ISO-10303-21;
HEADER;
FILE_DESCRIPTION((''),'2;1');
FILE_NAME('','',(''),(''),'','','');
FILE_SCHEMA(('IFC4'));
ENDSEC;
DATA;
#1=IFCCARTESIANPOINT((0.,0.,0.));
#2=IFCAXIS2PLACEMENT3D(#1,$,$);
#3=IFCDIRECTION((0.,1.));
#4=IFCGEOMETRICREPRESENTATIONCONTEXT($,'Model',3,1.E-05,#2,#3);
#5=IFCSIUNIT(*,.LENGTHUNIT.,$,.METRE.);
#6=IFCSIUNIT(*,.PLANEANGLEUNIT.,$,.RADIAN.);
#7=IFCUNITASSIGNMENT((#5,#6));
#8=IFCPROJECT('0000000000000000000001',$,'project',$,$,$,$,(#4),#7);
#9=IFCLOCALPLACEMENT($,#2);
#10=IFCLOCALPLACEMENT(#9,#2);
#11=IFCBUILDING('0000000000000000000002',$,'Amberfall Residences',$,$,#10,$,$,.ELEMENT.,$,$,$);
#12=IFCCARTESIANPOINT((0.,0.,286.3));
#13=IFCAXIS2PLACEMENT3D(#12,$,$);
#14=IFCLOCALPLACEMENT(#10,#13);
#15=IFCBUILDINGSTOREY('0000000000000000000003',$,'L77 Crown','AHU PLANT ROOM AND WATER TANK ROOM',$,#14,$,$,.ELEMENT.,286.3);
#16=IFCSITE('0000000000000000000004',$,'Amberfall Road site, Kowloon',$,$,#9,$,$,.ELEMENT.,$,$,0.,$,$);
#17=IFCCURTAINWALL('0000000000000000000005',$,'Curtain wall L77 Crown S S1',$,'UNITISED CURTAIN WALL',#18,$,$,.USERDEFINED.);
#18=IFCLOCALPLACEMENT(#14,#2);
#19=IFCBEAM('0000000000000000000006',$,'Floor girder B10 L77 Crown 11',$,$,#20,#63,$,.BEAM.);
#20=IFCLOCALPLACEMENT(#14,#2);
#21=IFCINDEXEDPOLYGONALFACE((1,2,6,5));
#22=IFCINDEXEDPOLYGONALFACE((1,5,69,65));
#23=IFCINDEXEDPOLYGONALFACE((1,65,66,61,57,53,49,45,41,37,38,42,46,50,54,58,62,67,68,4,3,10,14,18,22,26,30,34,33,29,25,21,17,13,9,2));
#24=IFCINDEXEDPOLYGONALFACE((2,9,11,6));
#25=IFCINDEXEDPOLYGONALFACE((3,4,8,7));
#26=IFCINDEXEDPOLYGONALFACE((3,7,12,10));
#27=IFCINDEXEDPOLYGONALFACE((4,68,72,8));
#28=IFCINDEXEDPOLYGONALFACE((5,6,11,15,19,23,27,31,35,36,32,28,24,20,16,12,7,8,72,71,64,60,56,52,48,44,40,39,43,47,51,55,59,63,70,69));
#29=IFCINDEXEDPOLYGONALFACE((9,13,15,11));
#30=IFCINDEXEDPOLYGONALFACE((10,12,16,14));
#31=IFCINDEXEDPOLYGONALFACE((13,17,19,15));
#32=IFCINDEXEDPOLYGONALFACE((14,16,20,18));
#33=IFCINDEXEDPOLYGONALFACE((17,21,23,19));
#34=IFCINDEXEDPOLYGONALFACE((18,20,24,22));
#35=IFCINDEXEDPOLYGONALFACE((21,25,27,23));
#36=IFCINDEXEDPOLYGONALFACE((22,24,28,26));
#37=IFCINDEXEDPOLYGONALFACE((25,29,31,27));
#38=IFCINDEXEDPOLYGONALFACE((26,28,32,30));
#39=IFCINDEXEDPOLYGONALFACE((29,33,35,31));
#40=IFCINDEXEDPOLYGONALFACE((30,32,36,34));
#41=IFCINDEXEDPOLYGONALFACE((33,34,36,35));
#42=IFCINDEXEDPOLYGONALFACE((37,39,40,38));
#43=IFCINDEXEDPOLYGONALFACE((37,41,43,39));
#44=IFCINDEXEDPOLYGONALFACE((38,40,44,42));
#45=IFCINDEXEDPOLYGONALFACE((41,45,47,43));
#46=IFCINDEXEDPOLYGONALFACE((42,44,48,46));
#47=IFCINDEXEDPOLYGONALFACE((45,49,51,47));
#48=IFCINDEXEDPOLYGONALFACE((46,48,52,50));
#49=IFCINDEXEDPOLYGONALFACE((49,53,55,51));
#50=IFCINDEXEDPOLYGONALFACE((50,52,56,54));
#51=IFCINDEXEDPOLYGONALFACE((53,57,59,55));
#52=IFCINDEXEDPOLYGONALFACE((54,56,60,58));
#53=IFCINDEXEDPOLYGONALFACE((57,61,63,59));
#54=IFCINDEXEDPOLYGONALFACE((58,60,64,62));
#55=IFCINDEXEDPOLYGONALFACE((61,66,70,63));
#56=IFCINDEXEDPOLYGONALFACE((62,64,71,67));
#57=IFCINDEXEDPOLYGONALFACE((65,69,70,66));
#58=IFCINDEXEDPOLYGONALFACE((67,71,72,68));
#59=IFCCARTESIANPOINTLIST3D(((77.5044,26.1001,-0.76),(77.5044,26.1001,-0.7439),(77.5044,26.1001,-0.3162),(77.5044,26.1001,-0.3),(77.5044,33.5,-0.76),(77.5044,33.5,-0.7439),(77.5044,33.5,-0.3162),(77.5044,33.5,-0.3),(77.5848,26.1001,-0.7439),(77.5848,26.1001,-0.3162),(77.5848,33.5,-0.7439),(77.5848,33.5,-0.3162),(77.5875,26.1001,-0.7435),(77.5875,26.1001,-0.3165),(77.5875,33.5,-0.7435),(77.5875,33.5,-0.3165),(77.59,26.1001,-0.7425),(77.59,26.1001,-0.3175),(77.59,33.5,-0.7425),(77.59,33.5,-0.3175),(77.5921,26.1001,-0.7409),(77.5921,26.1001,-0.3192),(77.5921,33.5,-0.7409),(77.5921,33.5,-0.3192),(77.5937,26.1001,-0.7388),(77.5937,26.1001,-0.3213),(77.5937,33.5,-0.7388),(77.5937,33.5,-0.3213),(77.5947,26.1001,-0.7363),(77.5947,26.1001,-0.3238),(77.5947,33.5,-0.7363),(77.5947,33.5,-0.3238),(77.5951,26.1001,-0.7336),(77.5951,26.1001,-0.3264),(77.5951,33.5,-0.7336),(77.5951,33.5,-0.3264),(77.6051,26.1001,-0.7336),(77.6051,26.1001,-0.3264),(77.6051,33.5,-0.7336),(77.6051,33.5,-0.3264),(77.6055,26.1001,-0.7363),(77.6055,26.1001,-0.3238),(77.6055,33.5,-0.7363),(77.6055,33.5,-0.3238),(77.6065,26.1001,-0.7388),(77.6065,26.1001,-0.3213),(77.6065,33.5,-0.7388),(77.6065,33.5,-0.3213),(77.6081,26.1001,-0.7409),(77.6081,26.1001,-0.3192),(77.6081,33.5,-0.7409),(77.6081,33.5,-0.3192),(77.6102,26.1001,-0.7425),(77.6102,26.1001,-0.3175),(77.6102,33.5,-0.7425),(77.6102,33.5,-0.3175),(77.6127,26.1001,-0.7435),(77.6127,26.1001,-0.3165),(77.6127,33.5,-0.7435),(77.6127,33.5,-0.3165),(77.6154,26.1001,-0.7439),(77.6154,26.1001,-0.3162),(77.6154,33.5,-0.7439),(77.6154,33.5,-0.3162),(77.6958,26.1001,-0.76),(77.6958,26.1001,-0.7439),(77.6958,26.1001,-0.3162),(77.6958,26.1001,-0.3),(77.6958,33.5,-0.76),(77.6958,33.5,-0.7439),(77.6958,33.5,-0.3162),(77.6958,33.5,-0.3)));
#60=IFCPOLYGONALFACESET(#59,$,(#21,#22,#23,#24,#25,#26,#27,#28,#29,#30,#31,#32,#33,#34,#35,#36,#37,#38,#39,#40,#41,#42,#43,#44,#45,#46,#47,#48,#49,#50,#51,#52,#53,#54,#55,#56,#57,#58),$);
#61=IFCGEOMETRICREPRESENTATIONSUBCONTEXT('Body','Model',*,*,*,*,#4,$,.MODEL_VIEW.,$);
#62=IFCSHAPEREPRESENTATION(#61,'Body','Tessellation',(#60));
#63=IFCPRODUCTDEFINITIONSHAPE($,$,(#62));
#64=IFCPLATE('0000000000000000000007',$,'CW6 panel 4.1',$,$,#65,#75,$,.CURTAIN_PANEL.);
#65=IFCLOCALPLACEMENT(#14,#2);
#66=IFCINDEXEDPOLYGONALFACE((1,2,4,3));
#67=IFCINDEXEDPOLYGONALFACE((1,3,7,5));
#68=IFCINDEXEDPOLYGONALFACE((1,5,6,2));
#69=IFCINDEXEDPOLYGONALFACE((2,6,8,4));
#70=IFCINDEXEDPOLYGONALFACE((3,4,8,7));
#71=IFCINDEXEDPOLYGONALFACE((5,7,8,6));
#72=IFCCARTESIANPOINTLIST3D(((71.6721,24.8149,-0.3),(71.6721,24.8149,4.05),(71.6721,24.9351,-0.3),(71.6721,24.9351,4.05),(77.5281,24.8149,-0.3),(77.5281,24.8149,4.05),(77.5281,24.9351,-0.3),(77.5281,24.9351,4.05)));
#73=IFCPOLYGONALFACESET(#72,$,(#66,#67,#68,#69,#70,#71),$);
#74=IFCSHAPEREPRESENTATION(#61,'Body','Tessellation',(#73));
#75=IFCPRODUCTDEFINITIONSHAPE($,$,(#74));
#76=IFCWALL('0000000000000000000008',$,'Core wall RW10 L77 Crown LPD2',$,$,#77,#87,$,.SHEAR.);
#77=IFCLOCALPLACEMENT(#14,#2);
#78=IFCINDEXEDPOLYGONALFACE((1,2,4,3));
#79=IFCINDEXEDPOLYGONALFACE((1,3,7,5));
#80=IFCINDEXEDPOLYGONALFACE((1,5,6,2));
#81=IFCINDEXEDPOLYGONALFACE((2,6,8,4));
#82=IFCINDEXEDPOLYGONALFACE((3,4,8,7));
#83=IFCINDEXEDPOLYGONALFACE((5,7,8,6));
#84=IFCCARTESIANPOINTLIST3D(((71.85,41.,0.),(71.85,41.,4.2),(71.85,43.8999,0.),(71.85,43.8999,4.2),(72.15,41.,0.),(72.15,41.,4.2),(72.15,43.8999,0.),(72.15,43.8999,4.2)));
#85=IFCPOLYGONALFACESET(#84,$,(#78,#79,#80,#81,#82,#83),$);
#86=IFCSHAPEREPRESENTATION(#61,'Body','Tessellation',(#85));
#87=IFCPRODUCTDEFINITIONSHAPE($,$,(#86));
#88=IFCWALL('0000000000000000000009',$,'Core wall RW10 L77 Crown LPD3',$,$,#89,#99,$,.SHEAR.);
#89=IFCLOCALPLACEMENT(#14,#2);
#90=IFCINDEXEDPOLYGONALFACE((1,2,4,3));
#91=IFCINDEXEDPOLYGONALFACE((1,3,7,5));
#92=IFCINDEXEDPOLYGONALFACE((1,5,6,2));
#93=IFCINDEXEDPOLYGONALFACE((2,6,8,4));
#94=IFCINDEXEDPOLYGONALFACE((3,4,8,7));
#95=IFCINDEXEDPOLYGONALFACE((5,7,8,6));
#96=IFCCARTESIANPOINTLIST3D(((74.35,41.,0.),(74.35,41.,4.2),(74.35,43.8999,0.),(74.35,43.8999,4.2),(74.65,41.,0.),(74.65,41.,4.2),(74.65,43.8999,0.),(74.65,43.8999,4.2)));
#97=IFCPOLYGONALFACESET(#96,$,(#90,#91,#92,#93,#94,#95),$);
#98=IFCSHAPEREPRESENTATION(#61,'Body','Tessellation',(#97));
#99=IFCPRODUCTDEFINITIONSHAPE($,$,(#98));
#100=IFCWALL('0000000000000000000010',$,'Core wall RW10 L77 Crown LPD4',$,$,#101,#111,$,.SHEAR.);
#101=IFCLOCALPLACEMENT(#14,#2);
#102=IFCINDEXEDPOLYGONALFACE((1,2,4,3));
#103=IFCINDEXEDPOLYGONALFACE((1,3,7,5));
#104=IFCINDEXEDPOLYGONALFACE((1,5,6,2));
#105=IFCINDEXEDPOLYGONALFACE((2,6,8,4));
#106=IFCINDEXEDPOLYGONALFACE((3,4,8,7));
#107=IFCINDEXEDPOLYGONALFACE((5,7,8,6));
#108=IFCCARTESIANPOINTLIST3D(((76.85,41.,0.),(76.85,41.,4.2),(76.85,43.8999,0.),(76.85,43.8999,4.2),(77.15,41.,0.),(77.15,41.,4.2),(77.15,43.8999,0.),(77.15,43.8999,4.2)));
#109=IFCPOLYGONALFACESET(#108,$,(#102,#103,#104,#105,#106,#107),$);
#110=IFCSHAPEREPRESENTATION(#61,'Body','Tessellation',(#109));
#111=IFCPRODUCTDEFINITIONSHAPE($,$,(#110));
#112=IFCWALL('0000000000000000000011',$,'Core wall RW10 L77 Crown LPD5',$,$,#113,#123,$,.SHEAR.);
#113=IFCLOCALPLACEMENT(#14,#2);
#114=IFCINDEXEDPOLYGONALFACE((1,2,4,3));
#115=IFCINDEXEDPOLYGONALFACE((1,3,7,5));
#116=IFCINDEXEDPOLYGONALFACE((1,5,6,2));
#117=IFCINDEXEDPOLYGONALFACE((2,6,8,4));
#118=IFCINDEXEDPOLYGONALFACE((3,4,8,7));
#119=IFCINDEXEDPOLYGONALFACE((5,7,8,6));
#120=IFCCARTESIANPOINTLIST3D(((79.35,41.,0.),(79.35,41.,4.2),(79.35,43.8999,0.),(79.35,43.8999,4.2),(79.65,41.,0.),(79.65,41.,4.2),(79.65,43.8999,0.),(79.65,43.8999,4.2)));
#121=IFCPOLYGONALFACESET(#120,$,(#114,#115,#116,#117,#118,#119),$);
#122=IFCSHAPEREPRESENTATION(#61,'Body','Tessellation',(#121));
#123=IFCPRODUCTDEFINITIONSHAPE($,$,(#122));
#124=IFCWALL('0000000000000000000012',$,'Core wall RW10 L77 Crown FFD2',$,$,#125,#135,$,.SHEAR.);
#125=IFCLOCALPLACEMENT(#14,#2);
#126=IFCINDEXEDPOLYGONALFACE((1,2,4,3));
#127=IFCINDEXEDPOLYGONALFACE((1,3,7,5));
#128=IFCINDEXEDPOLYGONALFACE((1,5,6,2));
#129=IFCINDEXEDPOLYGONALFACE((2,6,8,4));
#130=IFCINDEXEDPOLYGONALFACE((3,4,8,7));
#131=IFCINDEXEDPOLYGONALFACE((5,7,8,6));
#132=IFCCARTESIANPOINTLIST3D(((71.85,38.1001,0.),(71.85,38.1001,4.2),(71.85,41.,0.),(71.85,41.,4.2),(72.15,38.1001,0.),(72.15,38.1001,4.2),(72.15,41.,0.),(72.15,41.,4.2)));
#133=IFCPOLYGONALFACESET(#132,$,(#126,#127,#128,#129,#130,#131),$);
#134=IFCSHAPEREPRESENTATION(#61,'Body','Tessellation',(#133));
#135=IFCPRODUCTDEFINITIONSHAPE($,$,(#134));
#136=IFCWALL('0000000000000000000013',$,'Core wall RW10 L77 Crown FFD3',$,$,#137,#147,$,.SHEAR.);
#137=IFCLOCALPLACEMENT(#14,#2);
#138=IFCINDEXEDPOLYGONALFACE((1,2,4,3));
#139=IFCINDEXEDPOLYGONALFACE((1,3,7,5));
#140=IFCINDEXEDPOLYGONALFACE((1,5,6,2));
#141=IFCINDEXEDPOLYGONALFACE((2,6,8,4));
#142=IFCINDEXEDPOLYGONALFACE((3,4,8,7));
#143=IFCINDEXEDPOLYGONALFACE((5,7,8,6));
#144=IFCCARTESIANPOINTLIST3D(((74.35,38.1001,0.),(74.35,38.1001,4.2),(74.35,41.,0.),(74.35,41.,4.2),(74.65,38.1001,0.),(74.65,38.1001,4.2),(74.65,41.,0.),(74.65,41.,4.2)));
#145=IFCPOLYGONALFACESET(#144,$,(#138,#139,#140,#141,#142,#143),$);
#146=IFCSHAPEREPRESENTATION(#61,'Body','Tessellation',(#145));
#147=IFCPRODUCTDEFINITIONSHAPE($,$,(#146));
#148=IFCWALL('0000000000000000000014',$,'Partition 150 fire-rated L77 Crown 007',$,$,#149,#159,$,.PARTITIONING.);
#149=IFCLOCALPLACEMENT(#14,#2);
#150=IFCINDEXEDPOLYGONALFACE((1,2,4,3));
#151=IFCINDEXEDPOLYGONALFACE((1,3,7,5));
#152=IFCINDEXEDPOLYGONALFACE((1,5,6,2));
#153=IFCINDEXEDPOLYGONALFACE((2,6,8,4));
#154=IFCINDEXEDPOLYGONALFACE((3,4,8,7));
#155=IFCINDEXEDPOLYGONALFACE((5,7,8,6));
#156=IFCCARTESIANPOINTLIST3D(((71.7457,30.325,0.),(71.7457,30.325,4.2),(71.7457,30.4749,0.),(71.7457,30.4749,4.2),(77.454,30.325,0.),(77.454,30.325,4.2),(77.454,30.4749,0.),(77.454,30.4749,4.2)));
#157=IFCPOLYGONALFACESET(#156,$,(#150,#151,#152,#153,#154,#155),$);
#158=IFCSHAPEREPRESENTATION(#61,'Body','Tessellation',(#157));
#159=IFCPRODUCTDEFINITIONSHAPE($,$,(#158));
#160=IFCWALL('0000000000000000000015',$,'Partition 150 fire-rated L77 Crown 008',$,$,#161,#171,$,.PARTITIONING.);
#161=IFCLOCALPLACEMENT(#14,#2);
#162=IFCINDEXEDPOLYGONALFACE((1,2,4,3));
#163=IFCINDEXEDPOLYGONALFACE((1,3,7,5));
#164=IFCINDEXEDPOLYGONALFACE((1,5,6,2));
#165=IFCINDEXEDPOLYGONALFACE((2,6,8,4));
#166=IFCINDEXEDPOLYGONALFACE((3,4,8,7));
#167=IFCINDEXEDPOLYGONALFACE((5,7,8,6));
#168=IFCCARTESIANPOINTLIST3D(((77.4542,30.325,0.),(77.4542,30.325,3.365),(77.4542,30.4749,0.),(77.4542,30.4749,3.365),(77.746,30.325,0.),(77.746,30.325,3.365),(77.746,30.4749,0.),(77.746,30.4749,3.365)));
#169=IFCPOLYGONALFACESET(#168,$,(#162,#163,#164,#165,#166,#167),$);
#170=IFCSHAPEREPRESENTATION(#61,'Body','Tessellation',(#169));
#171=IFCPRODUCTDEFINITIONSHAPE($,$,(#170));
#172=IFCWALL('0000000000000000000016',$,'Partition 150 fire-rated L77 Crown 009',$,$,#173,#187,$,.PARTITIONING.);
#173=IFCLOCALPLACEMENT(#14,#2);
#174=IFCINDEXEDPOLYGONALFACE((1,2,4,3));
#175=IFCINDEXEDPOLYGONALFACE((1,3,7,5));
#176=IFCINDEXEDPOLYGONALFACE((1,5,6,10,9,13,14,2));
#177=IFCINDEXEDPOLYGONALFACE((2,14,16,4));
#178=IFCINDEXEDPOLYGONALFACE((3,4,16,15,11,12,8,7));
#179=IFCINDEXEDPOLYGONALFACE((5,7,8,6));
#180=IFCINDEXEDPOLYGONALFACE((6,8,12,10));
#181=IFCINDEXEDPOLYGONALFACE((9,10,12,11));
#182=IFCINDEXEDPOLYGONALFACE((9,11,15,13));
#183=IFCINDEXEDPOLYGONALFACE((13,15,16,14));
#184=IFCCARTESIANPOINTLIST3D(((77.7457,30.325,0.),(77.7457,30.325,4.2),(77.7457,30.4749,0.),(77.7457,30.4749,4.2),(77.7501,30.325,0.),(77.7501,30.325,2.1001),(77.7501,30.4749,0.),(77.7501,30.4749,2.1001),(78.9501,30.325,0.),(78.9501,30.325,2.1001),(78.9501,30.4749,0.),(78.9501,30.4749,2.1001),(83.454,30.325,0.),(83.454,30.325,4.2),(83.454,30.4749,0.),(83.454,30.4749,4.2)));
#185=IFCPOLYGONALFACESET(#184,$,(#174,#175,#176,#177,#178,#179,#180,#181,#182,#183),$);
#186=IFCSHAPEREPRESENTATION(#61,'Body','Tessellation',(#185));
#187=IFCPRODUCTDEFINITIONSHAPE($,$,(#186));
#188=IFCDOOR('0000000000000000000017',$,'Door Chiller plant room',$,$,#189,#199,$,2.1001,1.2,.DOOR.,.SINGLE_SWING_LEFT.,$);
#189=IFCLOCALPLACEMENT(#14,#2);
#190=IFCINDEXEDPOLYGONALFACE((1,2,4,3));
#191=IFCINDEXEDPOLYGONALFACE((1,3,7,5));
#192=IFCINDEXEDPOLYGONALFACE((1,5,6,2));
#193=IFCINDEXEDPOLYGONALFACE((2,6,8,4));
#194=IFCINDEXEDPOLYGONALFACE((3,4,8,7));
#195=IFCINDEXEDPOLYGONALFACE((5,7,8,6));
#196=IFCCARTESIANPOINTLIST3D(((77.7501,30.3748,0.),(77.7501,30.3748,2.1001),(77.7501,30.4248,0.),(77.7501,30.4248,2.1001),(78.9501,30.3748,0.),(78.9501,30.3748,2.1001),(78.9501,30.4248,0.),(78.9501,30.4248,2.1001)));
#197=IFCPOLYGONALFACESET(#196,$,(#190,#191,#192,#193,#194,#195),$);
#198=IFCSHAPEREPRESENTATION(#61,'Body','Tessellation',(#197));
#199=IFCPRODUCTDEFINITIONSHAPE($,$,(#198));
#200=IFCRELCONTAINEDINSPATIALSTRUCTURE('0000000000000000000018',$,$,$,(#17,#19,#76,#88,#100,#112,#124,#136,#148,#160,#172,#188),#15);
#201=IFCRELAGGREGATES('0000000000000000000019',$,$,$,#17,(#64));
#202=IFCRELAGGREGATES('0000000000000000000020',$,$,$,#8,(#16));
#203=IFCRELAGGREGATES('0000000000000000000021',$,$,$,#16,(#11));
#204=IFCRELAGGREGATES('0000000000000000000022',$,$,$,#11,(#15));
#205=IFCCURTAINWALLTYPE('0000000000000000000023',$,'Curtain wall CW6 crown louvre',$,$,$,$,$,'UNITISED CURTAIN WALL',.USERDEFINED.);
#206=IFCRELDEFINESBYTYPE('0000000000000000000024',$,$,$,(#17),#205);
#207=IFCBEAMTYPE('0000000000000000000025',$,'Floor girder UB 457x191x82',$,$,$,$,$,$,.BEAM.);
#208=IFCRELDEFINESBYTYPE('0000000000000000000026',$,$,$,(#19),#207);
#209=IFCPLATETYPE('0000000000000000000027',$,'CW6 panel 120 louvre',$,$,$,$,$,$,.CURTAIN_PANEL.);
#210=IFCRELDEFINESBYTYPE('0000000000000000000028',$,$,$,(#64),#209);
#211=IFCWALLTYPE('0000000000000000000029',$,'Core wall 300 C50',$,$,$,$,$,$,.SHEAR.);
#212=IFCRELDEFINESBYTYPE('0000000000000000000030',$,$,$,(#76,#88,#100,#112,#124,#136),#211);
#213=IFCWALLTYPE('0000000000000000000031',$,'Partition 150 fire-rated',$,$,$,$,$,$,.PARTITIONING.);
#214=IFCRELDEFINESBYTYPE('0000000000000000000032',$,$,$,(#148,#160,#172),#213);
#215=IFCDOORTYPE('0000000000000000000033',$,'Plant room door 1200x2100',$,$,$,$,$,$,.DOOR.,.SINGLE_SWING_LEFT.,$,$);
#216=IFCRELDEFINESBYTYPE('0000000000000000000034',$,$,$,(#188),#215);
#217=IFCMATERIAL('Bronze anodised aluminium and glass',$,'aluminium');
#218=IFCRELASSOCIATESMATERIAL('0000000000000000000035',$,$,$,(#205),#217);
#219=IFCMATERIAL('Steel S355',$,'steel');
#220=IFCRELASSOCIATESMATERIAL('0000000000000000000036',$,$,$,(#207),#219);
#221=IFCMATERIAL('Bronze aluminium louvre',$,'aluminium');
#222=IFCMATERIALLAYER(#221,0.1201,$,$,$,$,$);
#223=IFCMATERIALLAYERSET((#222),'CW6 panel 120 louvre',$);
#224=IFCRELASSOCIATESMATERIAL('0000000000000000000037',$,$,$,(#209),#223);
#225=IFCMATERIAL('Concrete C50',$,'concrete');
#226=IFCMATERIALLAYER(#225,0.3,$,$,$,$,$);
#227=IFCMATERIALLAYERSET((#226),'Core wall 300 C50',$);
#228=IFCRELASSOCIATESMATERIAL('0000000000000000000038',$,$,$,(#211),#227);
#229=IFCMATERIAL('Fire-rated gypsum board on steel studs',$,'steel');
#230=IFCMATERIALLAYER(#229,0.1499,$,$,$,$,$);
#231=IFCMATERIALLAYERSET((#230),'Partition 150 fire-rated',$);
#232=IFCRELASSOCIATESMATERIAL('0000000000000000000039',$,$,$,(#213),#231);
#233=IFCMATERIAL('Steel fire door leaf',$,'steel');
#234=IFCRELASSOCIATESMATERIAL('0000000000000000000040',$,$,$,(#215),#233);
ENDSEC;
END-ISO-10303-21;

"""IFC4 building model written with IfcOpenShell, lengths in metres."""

from ifc_helpers import new_model, si_unit, direction, frame, frame_2d, origin, origin_2d, place, context, subcontext, project, spatial, rectangle, i_section, extrude, material, layer, layer_set, material_profile, profile_set, type_object, element, fill, aggregate, save


model = new_model("IFC4")

# Units and contexts
model_context = context("Model", 3, precision=1e-05, world=origin(), true_north=direction((0.0, 1.0)))
body_context = subcontext(model_context, "Body", "Model", "MODEL_VIEW")
ifc_project = project(units=[si_unit("LENGTHUNIT", "METRE"), si_unit("PLANEANGLEUNIT", "RADIAN")], contexts=[model_context])

# Site, building, storey
site_placement = place(None, origin())
site = spatial("IfcSite", under=ifc_project, at=site_placement, Name="Amberfall Road site, Kowloon", CompositionType="ELEMENT", RefElevation=0.0)
building_placement = place(site_placement, origin())
building = spatial("IfcBuilding", under=site, at=building_placement, Name="Amberfall Residences", CompositionType="ELEMENT")
storey_placement = place(building_placement, frame((0.0, 0.0, 286.3)))
storey = spatial("IfcBuildingStorey", under=building, at=storey_placement, Name="L77 Crown", Description="AHU PLANT ROOM AND WATER TANK ROOM", CompositionType="ELEMENT", Elevation=286.3)

# Shared definitions
ifc_material_1 = material(Name="Concrete C50", Category="concrete")

# Curtain wall
ifc_material_2 = material(Name="Bronze anodised aluminium and glass", Category="aluminium")
curtain_wall_type = type_object("IfcCurtainWallType", Name="Curtain wall CW6 crown louvre", ElementType="UNITISED CURTAIN WALL", PredefinedType="USERDEFINED", material=ifc_material_2)
curtain_wall_placement = place(storey_placement, origin())
curtain_wall = element("IfcCurtainWall", 1, at=curtain_wall_placement, inside=storey, type_object=curtain_wall_type, Name="Curtain wall L77 Crown S S1", ObjectType="UNITISED CURTAIN WALL", PredefinedType="USERDEFINED")

# Beam
ifc_material_3 = material(Name="Steel S355", Category="steel")
ifc_material_profile_1 = material_profile(ifc_material_3, i_section(OverallWidth=0.1914, OverallDepth=0.46, WebThickness=0.01, FlangeThickness=0.0161, FilletRadius=0.0103, at=origin_2d()), Name="UB 457x191x82")
ifc_profile_set_1 = profile_set([ifc_material_profile_1], Name="Steel S355")
beam_type_1 = type_object("IfcBeamType", Name="Floor girder UB 457x191x82", PredefinedType="BEAM", material=ifc_profile_set_1)
beam_1_placement = place(storey_placement, frame((77.6001, 26.1001, -0.53), z_axis=(0.0, 1.0, 0.0), x_axis=(-1.0, 0.0, 0.0)))
element("IfcBeam", 2, at=beam_1_placement, inside=storey, type_object=beam_type_1, Name="Floor girder B10 L77 Crown 11", PredefinedType="BEAM", context=body_context, shape_type="SweptSolid", body=[
    extrude(i_section(OverallWidth=0.1914, OverallDepth=0.46, WebThickness=0.01, FlangeThickness=0.0161, FilletRadius=0.0103, at=origin_2d()), origin(), (0.0, 0.0, 1.0), 7.3999),
])

# Plate
ifc_material_4 = material(Name="Bronze aluminium louvre", Category="aluminium")
ifc_layer_1 = layer(ifc_material_4, 0.1201)
ifc_layer_set_1 = layer_set([ifc_layer_1], Name="CW6 panel 120 louvre")
plate_type = type_object("IfcPlateType", Name="CW6 panel 120 louvre", PredefinedType="CURTAIN_PANEL", material=ifc_layer_set_1)
plate_placement = place(storey_placement, frame((74.6001, 24.875, -0.3), z_axis=(0.0, 0.0, 1.0), x_axis=(1.0, 0.0, 0.0)))
plate = element("IfcPlate", 3, at=plate_placement, type_object=plate_type, Name="CW6 panel 4.1", PredefinedType="CURTAIN_PANEL", context=body_context, shape_type="SweptSolid", body=[
    extrude(rectangle(XDim=5.856, YDim=0.1201, at=origin_2d()), origin(), (0.0, 0.0, 1.0), 4.3501),
])
aggregate(curtain_wall, [plate])

# Walls
ifc_layer_2 = layer(ifc_material_1, 0.3)
ifc_layer_set_2 = layer_set([ifc_layer_2], Name="Core wall 300 C50")
wall_type_1 = type_object("IfcWallType", Name="Core wall 300 C50", PredefinedType="SHEAR", material=ifc_layer_set_2)
for number, where, z_axis, x_axis, name in (
    (4, (72.0, 41.0, 0.0), (0.0, 0.0, 1.0), (0.0, 1.0, 0.0), "Core wall RW10 L77 Crown LPD2"),
    (5, (74.5, 41.0, 0.0), (0.0, 0.0, 1.0), (0.0, 1.0, 0.0), "Core wall RW10 L77 Crown LPD3"),
    (6, (77.0, 41.0, 0.0), (0.0, 0.0, 1.0), (0.0, 1.0, 0.0), "Core wall RW10 L77 Crown LPD4"),
    (7, (79.5, 41.0, 0.0), (0.0, 0.0, 1.0), (0.0, 1.0, 0.0), "Core wall RW10 L77 Crown LPD5"),
    (8, (72.0, 38.1001, 0.0), (0.0, 0.0, 1.0), (0.0, 1.0, 0.0), "Core wall RW10 L77 Crown FFD2"),
    (9, (74.5, 38.1001, 0.0), (0.0, 0.0, 1.0), (0.0, 1.0, 0.0), "Core wall RW10 L77 Crown FFD3"),
):
    element("IfcWall", number, at=place(storey_placement, frame(where, z_axis=z_axis, x_axis=x_axis)), inside=storey, type_object=wall_type_1, Name=name, PredefinedType="SHEAR", context=body_context, shape_type="SweptSolid", body=[
        extrude(rectangle(XDim=2.8999, YDim=0.3, at=frame_2d((1.45, 0.0))), origin(), (0.0, 0.0, 1.0), 4.2),
    ])
ifc_material_5 = material(Name="Fire-rated gypsum board on steel studs", Category="steel")
ifc_layer_3 = layer(ifc_material_5, 0.1499)
ifc_layer_set_3 = layer_set([ifc_layer_3], Name="Partition 150 fire-rated")
wall_type_2 = type_object("IfcWallType", Name="Partition 150 fire-rated", PredefinedType="PARTITIONING", material=ifc_layer_set_3)
wall_1_placement = place(storey_placement, frame((71.7458, 30.3999, 0.0), z_axis=(0.0, 0.0, 1.0), x_axis=(1.0, 0.0, 0.0)))
element("IfcWall", 10, at=wall_1_placement, inside=storey, type_object=wall_type_2, Name="Partition 150 fire-rated L77 Crown 007", PredefinedType="PARTITIONING", context=body_context, shape_type="SweptSolid", body=[
    extrude(rectangle(XDim=5.7083, YDim=0.1499, at=frame_2d((2.854, 0.0))), origin(), (0.0, 0.0, 1.0), 4.2),
])
wall_2_placement = place(storey_placement, frame((77.4541, 30.3999, 0.0), z_axis=(0.0, 0.0, 1.0), x_axis=(1.0, 0.0, 0.0)))
element("IfcWall", 11, at=wall_2_placement, inside=storey, type_object=wall_type_2, Name="Partition 150 fire-rated L77 Crown 008", PredefinedType="PARTITIONING", context=body_context, shape_type="SweptSolid", body=[
    extrude(rectangle(XDim=0.2917, YDim=0.1499, at=frame_2d((0.146, 0.0))), origin(), (0.0, 0.0, 1.0), 3.365),
])

# Wall, opening, door
wall_3_placement = place(storey_placement, frame((77.7458, 30.3999, 0.0), z_axis=(0.0, 0.0, 1.0), x_axis=(1.0, 0.0, 0.0)))
wall_3 = element("IfcWall", 12, at=wall_3_placement, inside=storey, type_object=wall_type_2, Name="Partition 150 fire-rated L77 Crown 009", PredefinedType="PARTITIONING", context=body_context, shape_type="SweptSolid", body=[
    extrude(rectangle(XDim=5.7083, YDim=0.1499, at=frame_2d((2.854, 0.0))), origin(), (0.0, 0.0, 1.0), 4.2),
])
opening_placement = place(wall_3_placement, frame((0.0042, 0.0, 0.0)))
opening = element("IfcOpeningElement", 13, at=opening_placement, cuts=wall_3, PredefinedType="OPENING", context=body_context, shape_type="SweptSolid", body=[
    extrude(rectangle(XDim=1.2, YDim=2.1001, at=frame_2d((0.6001, 1.05))), frame((0.0, 0.085, 0.0), z_axis=(0.0, -1.0, 0.0), x_axis=(1.0, 0.0, 0.0)), (0.0, 0.0, 1.0), 0.1699),
])
ifc_material_6 = material(Name="Steel fire door leaf", Category="steel")
door_type = type_object("IfcDoorType", Name="Plant room door 1200x2100", OperationType="SINGLE_SWING_LEFT", PredefinedType="DOOR", material=ifc_material_6)
door_placement = place(opening_placement, origin())
door = element("IfcDoor", 14, at=door_placement, inside=storey, type_object=door_type, Name="Door Chiller plant room", OperationType="SINGLE_SWING_LEFT", OverallHeight=2.1001, OverallWidth=1.2, PredefinedType="DOOR", context=body_context, shape_type="SweptSolid", body=[
    extrude(rectangle(XDim=1.2, YDim=2.1001, at=frame_2d((0.6001, 1.05))), frame((0.0, 0.0249, 0.0), z_axis=(0.0, -1.0, 0.0), x_axis=(1.0, 0.0, 0.0)), (0.0, 0.0, 1.0), 0.05),
])
fill(opening, door)

save(model, "model.ifc")
